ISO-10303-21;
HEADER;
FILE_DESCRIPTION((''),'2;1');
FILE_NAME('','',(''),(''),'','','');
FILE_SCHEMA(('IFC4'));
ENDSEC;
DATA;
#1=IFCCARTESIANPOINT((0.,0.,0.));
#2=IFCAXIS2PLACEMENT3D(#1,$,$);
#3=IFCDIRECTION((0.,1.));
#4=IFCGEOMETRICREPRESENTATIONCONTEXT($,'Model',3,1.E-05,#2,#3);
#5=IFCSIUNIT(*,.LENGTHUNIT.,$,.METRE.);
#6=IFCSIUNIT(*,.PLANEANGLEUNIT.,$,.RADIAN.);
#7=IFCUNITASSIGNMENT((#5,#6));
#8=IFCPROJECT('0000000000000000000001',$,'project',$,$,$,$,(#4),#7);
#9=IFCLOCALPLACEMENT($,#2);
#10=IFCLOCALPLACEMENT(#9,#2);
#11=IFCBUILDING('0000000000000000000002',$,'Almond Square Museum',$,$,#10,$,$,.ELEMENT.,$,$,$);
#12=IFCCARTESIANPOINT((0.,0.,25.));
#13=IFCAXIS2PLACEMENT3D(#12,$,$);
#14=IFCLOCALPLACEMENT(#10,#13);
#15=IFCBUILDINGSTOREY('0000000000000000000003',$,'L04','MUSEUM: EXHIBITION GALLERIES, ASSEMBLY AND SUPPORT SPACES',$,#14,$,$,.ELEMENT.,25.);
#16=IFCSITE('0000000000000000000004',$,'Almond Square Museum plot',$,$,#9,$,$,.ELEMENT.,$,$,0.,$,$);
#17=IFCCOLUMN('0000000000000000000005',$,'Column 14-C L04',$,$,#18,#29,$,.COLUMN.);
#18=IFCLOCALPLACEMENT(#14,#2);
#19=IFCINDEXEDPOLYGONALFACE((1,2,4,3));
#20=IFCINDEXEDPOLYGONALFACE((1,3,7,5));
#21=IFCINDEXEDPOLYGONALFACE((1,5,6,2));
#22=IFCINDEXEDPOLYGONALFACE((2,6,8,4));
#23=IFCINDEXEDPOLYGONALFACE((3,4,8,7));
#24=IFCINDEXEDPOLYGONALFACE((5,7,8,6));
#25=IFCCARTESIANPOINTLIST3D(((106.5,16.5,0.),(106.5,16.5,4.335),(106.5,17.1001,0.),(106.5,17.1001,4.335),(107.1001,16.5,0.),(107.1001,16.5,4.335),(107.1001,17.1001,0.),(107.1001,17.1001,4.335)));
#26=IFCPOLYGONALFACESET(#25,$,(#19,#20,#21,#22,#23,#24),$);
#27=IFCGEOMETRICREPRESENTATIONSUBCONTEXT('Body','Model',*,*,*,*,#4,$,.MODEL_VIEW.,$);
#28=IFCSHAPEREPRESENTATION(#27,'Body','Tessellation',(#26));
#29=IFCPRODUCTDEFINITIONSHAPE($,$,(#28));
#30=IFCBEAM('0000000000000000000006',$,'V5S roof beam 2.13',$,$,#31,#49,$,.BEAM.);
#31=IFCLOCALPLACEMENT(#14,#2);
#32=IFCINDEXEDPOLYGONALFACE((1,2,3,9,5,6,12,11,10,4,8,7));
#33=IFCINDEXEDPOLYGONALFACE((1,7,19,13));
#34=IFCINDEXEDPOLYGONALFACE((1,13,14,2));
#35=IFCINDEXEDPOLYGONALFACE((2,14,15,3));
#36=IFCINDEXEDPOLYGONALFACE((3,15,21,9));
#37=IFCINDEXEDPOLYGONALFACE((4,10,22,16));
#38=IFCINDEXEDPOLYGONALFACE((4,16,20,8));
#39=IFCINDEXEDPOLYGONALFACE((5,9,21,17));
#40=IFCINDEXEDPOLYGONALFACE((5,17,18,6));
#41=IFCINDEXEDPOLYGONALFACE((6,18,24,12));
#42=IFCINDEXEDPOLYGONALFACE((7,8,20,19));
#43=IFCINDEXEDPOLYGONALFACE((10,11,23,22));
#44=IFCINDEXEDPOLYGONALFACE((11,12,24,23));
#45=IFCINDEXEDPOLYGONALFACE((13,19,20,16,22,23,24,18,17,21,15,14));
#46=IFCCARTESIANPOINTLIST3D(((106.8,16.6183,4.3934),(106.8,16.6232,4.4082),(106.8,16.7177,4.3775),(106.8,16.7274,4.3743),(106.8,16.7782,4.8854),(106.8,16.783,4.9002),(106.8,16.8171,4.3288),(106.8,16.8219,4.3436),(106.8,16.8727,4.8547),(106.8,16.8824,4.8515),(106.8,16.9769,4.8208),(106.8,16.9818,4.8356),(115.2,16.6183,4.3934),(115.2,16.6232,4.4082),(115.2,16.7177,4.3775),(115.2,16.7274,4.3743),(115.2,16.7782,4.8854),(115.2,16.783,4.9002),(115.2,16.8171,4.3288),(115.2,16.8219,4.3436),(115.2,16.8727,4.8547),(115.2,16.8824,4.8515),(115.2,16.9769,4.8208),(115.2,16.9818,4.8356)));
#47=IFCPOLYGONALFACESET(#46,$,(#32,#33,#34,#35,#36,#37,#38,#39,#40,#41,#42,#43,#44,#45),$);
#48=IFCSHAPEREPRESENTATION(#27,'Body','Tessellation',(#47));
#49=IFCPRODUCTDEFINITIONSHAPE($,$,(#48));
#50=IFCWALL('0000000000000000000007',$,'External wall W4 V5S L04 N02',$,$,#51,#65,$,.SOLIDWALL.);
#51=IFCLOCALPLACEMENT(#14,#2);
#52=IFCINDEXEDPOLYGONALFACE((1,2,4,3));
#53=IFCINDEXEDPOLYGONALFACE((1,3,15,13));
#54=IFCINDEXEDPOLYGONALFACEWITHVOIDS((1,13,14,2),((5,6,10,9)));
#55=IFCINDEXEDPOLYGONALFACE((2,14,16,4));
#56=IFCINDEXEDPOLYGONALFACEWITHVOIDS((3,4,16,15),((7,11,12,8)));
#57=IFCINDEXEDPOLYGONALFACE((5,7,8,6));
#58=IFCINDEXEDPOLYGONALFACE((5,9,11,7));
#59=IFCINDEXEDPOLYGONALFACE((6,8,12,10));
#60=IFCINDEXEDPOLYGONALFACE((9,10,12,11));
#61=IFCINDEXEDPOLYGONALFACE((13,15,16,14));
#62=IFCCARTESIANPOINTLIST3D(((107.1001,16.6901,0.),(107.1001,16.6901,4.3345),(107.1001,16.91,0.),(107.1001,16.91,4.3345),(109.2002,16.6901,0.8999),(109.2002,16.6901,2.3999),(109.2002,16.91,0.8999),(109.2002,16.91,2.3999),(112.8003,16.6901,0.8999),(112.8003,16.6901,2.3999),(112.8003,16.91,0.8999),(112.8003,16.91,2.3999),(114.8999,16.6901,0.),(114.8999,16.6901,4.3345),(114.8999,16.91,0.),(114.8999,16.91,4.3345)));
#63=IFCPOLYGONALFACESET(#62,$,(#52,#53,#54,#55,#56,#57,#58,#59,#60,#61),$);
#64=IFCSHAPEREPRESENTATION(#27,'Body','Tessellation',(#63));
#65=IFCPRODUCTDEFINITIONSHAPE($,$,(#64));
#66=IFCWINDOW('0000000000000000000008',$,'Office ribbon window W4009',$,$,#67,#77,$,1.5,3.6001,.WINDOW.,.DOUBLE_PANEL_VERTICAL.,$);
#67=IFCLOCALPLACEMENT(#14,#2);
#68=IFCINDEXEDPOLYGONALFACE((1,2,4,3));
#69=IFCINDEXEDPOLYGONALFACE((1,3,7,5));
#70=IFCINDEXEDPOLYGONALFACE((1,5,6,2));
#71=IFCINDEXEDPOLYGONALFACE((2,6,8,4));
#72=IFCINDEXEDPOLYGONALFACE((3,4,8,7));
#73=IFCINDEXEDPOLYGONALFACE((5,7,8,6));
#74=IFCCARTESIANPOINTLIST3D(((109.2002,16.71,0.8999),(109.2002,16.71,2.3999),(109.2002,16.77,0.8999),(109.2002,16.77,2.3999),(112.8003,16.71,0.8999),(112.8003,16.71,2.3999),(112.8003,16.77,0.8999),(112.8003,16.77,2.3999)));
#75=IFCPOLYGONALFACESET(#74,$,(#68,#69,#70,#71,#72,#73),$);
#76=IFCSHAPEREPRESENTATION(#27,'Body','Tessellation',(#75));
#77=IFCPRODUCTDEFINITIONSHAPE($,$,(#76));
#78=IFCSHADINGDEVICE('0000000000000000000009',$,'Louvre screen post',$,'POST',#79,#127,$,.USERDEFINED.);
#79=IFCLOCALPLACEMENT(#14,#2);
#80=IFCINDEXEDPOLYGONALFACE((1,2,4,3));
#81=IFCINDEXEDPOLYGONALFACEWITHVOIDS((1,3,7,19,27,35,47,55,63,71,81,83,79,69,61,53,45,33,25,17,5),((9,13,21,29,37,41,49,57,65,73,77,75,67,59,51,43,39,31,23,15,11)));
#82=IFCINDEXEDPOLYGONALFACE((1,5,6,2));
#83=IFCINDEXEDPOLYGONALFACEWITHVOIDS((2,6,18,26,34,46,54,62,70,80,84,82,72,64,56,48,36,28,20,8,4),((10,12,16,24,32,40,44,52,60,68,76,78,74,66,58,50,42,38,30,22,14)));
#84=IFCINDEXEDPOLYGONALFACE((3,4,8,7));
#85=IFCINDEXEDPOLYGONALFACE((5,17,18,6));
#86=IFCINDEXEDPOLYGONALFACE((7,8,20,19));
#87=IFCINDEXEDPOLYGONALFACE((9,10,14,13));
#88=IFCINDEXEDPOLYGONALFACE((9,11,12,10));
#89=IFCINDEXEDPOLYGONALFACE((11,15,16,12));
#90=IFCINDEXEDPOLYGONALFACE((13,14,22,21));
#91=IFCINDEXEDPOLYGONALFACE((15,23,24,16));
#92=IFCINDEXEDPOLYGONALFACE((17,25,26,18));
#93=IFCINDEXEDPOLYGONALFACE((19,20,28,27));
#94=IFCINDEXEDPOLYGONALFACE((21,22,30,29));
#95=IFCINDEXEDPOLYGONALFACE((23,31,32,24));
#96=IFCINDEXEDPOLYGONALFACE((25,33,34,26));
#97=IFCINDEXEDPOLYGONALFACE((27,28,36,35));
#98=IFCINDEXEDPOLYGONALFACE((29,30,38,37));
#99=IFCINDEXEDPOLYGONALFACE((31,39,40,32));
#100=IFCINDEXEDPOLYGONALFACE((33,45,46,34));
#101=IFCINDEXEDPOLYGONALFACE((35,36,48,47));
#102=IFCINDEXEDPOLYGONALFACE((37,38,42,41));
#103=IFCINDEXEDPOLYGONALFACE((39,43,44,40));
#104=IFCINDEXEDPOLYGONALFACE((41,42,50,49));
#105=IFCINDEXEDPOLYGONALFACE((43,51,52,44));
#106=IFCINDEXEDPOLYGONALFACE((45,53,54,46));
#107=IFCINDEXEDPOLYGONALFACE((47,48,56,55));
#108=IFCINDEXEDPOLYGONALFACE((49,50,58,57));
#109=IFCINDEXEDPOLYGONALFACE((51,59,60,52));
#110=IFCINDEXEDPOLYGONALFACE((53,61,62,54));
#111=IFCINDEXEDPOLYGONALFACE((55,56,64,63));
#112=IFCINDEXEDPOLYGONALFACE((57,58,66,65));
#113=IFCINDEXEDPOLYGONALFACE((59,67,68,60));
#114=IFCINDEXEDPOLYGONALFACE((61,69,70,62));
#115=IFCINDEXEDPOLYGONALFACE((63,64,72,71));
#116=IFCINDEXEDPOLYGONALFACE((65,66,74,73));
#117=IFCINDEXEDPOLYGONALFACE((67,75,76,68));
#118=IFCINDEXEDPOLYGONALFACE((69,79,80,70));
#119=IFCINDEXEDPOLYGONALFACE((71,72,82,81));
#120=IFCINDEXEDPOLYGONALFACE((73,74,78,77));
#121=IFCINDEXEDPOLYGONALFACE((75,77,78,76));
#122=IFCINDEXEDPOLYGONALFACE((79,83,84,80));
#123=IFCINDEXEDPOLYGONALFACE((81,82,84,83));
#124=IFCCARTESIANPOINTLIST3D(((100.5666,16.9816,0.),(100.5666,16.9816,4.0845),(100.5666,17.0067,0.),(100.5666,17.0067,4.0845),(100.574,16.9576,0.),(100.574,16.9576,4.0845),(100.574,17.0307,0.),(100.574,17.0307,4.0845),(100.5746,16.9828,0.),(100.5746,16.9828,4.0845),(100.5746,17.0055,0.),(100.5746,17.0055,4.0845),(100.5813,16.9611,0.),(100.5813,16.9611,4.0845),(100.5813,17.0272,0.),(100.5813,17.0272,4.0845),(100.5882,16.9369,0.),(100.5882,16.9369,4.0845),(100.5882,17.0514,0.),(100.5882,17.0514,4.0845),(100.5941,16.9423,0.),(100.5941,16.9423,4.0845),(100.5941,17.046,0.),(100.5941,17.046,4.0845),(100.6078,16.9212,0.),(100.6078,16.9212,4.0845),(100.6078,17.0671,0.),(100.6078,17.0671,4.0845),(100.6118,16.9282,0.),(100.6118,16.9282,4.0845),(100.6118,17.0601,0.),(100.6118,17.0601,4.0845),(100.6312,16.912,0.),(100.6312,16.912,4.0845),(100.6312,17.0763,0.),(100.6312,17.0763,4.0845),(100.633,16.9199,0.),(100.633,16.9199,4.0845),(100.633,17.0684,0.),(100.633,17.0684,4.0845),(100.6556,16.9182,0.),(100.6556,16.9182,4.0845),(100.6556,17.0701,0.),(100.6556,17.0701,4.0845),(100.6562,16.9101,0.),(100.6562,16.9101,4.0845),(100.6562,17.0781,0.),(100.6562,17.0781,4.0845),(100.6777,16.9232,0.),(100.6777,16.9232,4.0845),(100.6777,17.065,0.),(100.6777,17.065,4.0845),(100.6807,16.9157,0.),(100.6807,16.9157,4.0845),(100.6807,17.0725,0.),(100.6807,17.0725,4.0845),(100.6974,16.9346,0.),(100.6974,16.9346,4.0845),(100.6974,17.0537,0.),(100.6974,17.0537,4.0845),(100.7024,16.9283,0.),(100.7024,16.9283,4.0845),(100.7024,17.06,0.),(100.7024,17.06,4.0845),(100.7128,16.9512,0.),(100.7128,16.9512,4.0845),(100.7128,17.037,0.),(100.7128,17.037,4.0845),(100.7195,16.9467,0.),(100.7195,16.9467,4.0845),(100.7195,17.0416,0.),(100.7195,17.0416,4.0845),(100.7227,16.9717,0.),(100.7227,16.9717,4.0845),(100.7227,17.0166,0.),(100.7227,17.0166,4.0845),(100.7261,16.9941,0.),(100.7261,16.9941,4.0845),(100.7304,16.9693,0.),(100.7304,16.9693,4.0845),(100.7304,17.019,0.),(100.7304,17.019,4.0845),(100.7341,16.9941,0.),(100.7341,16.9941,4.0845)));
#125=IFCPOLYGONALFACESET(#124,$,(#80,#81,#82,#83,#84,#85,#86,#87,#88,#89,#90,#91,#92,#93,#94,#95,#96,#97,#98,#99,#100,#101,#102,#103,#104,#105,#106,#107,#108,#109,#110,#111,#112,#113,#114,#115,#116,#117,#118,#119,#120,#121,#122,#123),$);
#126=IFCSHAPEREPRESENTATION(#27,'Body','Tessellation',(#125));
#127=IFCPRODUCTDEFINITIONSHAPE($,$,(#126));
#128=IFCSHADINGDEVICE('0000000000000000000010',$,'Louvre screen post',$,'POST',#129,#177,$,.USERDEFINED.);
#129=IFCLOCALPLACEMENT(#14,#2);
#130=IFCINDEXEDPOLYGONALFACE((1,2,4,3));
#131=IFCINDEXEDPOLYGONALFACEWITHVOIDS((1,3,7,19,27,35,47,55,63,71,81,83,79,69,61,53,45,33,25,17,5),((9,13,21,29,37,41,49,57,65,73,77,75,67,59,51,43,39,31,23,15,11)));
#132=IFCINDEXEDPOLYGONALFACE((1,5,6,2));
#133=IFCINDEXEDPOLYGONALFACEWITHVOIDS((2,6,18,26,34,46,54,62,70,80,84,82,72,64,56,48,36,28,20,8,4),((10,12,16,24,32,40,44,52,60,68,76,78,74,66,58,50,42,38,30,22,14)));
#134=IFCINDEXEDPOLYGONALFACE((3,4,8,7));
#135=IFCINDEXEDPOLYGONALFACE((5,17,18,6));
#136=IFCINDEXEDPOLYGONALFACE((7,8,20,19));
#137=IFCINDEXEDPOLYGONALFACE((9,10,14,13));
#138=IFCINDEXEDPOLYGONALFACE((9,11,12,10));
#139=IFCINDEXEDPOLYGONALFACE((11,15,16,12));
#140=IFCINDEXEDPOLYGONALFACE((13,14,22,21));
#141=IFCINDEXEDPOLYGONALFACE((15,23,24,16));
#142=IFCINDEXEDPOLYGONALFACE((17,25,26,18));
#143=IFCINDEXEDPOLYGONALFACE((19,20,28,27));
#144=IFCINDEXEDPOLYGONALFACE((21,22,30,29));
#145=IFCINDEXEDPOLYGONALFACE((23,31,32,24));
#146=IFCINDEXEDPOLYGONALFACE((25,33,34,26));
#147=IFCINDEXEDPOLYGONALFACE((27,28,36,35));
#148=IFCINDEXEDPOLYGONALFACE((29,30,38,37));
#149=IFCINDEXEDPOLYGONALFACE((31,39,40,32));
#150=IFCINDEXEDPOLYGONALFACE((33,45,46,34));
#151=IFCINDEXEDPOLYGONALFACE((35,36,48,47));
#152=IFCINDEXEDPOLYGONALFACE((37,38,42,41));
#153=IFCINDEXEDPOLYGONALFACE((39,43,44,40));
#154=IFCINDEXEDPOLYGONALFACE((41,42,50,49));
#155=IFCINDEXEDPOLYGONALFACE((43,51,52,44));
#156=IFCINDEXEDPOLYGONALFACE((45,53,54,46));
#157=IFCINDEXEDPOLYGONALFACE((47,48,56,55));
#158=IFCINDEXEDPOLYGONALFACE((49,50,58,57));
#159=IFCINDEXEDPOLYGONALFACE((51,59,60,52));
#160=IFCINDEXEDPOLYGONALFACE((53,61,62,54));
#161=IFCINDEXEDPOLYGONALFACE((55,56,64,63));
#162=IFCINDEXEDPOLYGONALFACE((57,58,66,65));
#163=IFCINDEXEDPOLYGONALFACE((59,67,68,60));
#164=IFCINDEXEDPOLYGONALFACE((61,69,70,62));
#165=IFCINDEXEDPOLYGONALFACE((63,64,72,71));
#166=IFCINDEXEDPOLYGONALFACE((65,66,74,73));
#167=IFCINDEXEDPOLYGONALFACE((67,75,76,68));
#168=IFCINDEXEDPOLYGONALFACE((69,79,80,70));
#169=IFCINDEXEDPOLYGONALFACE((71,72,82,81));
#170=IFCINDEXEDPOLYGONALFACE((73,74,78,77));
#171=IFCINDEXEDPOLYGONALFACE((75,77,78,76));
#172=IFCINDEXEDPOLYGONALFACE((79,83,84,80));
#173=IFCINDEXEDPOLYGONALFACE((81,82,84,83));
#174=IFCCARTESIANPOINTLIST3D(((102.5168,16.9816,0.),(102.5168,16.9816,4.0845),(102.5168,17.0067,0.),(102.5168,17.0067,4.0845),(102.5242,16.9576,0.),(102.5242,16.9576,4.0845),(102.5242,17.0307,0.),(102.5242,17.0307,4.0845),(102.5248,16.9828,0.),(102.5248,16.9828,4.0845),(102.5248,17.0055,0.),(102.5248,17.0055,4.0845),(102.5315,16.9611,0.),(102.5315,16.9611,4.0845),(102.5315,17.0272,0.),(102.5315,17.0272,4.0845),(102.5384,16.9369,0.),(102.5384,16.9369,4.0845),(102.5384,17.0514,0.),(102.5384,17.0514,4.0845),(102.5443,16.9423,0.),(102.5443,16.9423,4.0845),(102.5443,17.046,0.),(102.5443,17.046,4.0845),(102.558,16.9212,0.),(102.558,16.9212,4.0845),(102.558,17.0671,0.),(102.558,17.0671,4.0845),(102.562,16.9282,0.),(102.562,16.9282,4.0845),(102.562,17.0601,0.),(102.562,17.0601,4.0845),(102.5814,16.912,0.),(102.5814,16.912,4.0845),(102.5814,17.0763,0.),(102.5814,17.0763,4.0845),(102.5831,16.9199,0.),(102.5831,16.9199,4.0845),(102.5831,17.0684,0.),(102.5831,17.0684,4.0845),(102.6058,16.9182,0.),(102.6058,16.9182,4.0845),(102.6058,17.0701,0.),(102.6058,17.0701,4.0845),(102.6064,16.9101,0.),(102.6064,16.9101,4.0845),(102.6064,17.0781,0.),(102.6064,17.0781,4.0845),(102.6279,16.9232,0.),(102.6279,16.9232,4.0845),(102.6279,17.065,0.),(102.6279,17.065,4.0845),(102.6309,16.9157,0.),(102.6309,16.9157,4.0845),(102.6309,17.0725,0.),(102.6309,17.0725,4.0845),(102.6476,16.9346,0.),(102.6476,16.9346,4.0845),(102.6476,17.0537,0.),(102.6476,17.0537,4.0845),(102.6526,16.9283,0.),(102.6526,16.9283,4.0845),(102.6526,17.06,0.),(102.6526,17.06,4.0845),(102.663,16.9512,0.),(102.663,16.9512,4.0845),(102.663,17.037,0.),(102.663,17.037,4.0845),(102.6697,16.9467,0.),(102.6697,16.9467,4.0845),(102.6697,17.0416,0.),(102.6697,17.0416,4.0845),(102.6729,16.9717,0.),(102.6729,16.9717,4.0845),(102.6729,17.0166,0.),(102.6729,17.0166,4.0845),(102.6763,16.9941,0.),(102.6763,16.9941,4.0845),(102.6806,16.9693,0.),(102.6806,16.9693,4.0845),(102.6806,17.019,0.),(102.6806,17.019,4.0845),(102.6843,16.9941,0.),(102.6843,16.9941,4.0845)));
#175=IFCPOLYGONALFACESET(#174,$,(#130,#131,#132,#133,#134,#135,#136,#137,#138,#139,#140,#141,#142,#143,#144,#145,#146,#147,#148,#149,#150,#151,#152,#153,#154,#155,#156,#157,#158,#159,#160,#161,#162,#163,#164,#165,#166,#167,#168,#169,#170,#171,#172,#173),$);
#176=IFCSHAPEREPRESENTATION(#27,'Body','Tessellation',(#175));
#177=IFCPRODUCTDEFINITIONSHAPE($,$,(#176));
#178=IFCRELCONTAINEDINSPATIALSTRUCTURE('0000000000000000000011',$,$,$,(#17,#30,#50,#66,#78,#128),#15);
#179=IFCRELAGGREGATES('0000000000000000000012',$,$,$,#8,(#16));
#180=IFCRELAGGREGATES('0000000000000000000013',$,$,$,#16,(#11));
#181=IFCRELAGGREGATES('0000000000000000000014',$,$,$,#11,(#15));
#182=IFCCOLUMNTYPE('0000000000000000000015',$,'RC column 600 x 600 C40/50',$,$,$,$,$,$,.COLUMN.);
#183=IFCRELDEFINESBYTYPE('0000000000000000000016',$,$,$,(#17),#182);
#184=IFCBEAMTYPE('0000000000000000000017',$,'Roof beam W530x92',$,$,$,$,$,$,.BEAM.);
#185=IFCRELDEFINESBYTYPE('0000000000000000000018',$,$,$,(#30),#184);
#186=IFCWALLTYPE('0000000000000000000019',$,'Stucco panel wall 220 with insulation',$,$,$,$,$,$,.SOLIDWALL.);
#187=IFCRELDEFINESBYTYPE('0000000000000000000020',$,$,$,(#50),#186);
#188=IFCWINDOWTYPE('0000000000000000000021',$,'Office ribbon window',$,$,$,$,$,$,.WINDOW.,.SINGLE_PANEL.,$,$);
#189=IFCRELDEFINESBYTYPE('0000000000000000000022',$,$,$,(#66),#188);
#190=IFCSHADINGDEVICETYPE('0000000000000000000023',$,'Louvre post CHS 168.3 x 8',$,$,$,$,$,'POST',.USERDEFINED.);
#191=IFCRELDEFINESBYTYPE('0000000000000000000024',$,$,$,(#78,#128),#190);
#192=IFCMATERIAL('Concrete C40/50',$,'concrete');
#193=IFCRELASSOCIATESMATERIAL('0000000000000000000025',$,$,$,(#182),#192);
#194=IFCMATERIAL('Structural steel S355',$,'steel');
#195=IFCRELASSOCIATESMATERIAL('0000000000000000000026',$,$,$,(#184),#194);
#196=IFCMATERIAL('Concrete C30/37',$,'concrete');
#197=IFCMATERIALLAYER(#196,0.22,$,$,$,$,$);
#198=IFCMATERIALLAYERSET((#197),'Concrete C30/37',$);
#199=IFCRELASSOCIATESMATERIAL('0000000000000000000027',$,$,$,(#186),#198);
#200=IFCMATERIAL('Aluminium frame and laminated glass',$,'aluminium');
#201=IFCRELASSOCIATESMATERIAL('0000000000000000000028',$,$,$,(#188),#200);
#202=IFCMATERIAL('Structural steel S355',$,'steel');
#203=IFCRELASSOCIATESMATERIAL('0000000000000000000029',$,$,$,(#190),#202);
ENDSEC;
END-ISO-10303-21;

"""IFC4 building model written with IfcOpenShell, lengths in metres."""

from ifc_helpers import new_model, si_unit, direction, frame, frame_2d, origin, origin_2d, place, context, subcontext, project, spatial, rectangle, hollow_circle, i_section, extrude, material, layer, layer_set, material_profile, profile_set, type_object, element, fill, save


model = new_model("IFC4")

# Units and contexts
model_context = context("Model", 3, precision=1e-05, world=origin(), true_north=direction((0.0, 1.0)))
body_context = subcontext(model_context, "Body", "Model", "MODEL_VIEW")
ifc_project = project(units=[si_unit("LENGTHUNIT", "METRE"), si_unit("PLANEANGLEUNIT", "RADIAN")], contexts=[model_context])

# Site, building, storey
site_placement = place(None, origin())
site = spatial("IfcSite", under=ifc_project, at=site_placement, Name="Almond Square Museum plot", CompositionType="ELEMENT", RefElevation=0.0)
building_placement = place(site_placement, origin())
building = spatial("IfcBuilding", under=site, at=building_placement, Name="Almond Square Museum", CompositionType="ELEMENT")
storey_placement = place(building_placement, frame((0.0, 0.0, 25.0)))
storey = spatial("IfcBuildingStorey", under=building, at=storey_placement, Name="L04", Description="MUSEUM: EXHIBITION GALLERIES, ASSEMBLY AND SUPPORT SPACES", CompositionType="ELEMENT", Elevation=25.0)

# Column
ifc_material_1 = material(Name="Concrete C40/50", Category="concrete")
ifc_material_profile_1 = material_profile(ifc_material_1, rectangle(XDim=0.6001, YDim=0.6001, at=origin_2d()))
ifc_profile_set_1 = profile_set([ifc_material_profile_1], Name="Concrete C40/50")
column_type = type_object("IfcColumnType", Name="RC column 600 x 600 C40/50", PredefinedType="COLUMN", material=ifc_profile_set_1)
column_placement = place(storey_placement, frame((106.8, 16.8, 0.0), z_axis=(0.0, 0.0, 1.0), x_axis=(1.0, 0.0, 0.0)))
element("IfcColumn", 1, at=column_placement, inside=storey, type_object=column_type, Name="Column 14-C L04", PredefinedType="COLUMN", context=body_context, shape_type="SweptSolid", body=[
    extrude(rectangle(XDim=0.6001, YDim=0.6001, at=origin_2d()), origin(), (0.0, 0.0, 1.0), 4.335),
])

# Beam
ifc_material_2 = material(Name="Structural steel S355", Category="steel")
ifc_material_profile_2 = material_profile(ifc_material_2, i_section(OverallWidth=0.209, OverallDepth=0.533, WebThickness=0.0103, FlangeThickness=0.0156, at=origin_2d()))
ifc_profile_set_2 = profile_set([ifc_material_profile_2], Name="Structural steel S355")
beam_type = type_object("IfcBeamType", Name="Roof beam W530x92", PredefinedType="BEAM", material=ifc_profile_set_2)
beam_placement = place(storey_placement, frame((106.8, 16.8, 4.6145), z_axis=(1.0, 0.0, 0.0), x_axis=(0.0, 0.951057, -0.309017)))
element("IfcBeam", 2, at=beam_placement, inside=storey, type_object=beam_type, Name="V5S roof beam 2.13", PredefinedType="BEAM", context=body_context, shape_type="SweptSolid", body=[
    extrude(i_section(OverallWidth=0.209, OverallDepth=0.533, WebThickness=0.0103, FlangeThickness=0.0156, at=origin_2d()), origin(), (0.0, 0.0, 1.0), 8.3999),
])

# Wall, opening, window
ifc_material_3 = material(Name="Concrete C30/37", Category="concrete")
ifc_layer = layer(ifc_material_3, 0.22)
ifc_layer_set = layer_set([ifc_layer], Name="Concrete C30/37")
wall_type = type_object("IfcWallType", Name="Stucco panel wall 220 with insulation", PredefinedType="SOLIDWALL", material=ifc_layer_set)
wall_placement = place(storey_placement, frame((107.1001, 16.8, 0.0), z_axis=(0.0, 0.0, 1.0), x_axis=(1.0, 0.0, 0.0)))
wall = element("IfcWall", 3, at=wall_placement, inside=storey, type_object=wall_type, Name="External wall W4 V5S L04 N02", PredefinedType="SOLIDWALL", context=body_context, shape_type="SweptSolid", body=[
    extrude(rectangle(XDim=7.7998, YDim=0.22, at=frame_2d((3.8999, 0.0))), origin(), (0.0, 0.0, 1.0), 4.3345),
])
opening_placement = place(wall_placement, frame((2.1001, 0.0, 0.8999)))
opening = element("IfcOpeningElement", 4, at=opening_placement, cuts=wall, PredefinedType="OPENING", context=body_context, shape_type="SweptSolid", body=[
    extrude(rectangle(XDim=3.6001, YDim=1.5, at=frame_2d((1.8, 0.75))), frame((0.0, 0.1199, 0.0), z_axis=(0.0, -1.0, 0.0), x_axis=(1.0, 0.0, 0.0)), (0.0, 0.0, 1.0), 0.24),
])
ifc_material_4 = material(Name="Aluminium frame and laminated glass", Category="aluminium")
window_type = type_object("IfcWindowType", Name="Office ribbon window", PartitioningType="SINGLE_PANEL", PredefinedType="WINDOW", material=ifc_material_4)
window_placement = place(opening_placement, origin())
window = element("IfcWindow", 5, at=window_placement, inside=storey, type_object=window_type, Name="Office ribbon window W4009", OverallHeight=1.5, OverallWidth=3.6001, PartitioningType="DOUBLE_PANEL_VERTICAL", PredefinedType="WINDOW", context=body_context, shape_type="SweptSolid", body=[
    extrude(rectangle(XDim=3.6001, YDim=1.5, at=frame_2d((1.8, 0.75))), frame((0.0, -0.03, 0.0), z_axis=(0.0, -1.0, 0.0), x_axis=(1.0, 0.0, 0.0)), (0.0, 0.0, 1.0), 0.0601),
])
fill(opening, window)

# Shading devices
ifc_material_5 = material(Name="Structural steel S355", Category="steel")
ifc_material_profile_3 = material_profile(ifc_material_5, hollow_circle(Radius=0.0842, WallThickness=0.0081, at=origin_2d()))
ifc_profile_set_3 = profile_set([ifc_material_profile_3], Name="Structural steel S355")
shading_device_type = type_object("IfcShadingDeviceType", Name="Louvre post CHS 168.3 x 8", ElementType="POST", PredefinedType="USERDEFINED", material=ifc_profile_set_3)
for number, where, z_axis, x_axis, name in (
    (6, (100.6499, 16.9941, 0.0), (0.0, 0.0, 1.0), (1.0, 0.0, 0.0), "Louvre screen post"),
    (7, (102.6001, 16.9941, 0.0), (0.0, 0.0, 1.0), (1.0, 0.0, 0.0), "Louvre screen post"),
):
    element("IfcShadingDevice", number, at=place(storey_placement, frame(where, z_axis=z_axis, x_axis=x_axis)), inside=storey, type_object=shading_device_type, Name=name, ObjectType="POST", PredefinedType="USERDEFINED", context=body_context, shape_type="SweptSolid", body=[
        extrude(hollow_circle(Radius=0.0842, WallThickness=0.0081, at=origin_2d()), origin(), (0.0, 0.0, 1.0), 4.0845),
    ])

save(model, "model.ifc")
